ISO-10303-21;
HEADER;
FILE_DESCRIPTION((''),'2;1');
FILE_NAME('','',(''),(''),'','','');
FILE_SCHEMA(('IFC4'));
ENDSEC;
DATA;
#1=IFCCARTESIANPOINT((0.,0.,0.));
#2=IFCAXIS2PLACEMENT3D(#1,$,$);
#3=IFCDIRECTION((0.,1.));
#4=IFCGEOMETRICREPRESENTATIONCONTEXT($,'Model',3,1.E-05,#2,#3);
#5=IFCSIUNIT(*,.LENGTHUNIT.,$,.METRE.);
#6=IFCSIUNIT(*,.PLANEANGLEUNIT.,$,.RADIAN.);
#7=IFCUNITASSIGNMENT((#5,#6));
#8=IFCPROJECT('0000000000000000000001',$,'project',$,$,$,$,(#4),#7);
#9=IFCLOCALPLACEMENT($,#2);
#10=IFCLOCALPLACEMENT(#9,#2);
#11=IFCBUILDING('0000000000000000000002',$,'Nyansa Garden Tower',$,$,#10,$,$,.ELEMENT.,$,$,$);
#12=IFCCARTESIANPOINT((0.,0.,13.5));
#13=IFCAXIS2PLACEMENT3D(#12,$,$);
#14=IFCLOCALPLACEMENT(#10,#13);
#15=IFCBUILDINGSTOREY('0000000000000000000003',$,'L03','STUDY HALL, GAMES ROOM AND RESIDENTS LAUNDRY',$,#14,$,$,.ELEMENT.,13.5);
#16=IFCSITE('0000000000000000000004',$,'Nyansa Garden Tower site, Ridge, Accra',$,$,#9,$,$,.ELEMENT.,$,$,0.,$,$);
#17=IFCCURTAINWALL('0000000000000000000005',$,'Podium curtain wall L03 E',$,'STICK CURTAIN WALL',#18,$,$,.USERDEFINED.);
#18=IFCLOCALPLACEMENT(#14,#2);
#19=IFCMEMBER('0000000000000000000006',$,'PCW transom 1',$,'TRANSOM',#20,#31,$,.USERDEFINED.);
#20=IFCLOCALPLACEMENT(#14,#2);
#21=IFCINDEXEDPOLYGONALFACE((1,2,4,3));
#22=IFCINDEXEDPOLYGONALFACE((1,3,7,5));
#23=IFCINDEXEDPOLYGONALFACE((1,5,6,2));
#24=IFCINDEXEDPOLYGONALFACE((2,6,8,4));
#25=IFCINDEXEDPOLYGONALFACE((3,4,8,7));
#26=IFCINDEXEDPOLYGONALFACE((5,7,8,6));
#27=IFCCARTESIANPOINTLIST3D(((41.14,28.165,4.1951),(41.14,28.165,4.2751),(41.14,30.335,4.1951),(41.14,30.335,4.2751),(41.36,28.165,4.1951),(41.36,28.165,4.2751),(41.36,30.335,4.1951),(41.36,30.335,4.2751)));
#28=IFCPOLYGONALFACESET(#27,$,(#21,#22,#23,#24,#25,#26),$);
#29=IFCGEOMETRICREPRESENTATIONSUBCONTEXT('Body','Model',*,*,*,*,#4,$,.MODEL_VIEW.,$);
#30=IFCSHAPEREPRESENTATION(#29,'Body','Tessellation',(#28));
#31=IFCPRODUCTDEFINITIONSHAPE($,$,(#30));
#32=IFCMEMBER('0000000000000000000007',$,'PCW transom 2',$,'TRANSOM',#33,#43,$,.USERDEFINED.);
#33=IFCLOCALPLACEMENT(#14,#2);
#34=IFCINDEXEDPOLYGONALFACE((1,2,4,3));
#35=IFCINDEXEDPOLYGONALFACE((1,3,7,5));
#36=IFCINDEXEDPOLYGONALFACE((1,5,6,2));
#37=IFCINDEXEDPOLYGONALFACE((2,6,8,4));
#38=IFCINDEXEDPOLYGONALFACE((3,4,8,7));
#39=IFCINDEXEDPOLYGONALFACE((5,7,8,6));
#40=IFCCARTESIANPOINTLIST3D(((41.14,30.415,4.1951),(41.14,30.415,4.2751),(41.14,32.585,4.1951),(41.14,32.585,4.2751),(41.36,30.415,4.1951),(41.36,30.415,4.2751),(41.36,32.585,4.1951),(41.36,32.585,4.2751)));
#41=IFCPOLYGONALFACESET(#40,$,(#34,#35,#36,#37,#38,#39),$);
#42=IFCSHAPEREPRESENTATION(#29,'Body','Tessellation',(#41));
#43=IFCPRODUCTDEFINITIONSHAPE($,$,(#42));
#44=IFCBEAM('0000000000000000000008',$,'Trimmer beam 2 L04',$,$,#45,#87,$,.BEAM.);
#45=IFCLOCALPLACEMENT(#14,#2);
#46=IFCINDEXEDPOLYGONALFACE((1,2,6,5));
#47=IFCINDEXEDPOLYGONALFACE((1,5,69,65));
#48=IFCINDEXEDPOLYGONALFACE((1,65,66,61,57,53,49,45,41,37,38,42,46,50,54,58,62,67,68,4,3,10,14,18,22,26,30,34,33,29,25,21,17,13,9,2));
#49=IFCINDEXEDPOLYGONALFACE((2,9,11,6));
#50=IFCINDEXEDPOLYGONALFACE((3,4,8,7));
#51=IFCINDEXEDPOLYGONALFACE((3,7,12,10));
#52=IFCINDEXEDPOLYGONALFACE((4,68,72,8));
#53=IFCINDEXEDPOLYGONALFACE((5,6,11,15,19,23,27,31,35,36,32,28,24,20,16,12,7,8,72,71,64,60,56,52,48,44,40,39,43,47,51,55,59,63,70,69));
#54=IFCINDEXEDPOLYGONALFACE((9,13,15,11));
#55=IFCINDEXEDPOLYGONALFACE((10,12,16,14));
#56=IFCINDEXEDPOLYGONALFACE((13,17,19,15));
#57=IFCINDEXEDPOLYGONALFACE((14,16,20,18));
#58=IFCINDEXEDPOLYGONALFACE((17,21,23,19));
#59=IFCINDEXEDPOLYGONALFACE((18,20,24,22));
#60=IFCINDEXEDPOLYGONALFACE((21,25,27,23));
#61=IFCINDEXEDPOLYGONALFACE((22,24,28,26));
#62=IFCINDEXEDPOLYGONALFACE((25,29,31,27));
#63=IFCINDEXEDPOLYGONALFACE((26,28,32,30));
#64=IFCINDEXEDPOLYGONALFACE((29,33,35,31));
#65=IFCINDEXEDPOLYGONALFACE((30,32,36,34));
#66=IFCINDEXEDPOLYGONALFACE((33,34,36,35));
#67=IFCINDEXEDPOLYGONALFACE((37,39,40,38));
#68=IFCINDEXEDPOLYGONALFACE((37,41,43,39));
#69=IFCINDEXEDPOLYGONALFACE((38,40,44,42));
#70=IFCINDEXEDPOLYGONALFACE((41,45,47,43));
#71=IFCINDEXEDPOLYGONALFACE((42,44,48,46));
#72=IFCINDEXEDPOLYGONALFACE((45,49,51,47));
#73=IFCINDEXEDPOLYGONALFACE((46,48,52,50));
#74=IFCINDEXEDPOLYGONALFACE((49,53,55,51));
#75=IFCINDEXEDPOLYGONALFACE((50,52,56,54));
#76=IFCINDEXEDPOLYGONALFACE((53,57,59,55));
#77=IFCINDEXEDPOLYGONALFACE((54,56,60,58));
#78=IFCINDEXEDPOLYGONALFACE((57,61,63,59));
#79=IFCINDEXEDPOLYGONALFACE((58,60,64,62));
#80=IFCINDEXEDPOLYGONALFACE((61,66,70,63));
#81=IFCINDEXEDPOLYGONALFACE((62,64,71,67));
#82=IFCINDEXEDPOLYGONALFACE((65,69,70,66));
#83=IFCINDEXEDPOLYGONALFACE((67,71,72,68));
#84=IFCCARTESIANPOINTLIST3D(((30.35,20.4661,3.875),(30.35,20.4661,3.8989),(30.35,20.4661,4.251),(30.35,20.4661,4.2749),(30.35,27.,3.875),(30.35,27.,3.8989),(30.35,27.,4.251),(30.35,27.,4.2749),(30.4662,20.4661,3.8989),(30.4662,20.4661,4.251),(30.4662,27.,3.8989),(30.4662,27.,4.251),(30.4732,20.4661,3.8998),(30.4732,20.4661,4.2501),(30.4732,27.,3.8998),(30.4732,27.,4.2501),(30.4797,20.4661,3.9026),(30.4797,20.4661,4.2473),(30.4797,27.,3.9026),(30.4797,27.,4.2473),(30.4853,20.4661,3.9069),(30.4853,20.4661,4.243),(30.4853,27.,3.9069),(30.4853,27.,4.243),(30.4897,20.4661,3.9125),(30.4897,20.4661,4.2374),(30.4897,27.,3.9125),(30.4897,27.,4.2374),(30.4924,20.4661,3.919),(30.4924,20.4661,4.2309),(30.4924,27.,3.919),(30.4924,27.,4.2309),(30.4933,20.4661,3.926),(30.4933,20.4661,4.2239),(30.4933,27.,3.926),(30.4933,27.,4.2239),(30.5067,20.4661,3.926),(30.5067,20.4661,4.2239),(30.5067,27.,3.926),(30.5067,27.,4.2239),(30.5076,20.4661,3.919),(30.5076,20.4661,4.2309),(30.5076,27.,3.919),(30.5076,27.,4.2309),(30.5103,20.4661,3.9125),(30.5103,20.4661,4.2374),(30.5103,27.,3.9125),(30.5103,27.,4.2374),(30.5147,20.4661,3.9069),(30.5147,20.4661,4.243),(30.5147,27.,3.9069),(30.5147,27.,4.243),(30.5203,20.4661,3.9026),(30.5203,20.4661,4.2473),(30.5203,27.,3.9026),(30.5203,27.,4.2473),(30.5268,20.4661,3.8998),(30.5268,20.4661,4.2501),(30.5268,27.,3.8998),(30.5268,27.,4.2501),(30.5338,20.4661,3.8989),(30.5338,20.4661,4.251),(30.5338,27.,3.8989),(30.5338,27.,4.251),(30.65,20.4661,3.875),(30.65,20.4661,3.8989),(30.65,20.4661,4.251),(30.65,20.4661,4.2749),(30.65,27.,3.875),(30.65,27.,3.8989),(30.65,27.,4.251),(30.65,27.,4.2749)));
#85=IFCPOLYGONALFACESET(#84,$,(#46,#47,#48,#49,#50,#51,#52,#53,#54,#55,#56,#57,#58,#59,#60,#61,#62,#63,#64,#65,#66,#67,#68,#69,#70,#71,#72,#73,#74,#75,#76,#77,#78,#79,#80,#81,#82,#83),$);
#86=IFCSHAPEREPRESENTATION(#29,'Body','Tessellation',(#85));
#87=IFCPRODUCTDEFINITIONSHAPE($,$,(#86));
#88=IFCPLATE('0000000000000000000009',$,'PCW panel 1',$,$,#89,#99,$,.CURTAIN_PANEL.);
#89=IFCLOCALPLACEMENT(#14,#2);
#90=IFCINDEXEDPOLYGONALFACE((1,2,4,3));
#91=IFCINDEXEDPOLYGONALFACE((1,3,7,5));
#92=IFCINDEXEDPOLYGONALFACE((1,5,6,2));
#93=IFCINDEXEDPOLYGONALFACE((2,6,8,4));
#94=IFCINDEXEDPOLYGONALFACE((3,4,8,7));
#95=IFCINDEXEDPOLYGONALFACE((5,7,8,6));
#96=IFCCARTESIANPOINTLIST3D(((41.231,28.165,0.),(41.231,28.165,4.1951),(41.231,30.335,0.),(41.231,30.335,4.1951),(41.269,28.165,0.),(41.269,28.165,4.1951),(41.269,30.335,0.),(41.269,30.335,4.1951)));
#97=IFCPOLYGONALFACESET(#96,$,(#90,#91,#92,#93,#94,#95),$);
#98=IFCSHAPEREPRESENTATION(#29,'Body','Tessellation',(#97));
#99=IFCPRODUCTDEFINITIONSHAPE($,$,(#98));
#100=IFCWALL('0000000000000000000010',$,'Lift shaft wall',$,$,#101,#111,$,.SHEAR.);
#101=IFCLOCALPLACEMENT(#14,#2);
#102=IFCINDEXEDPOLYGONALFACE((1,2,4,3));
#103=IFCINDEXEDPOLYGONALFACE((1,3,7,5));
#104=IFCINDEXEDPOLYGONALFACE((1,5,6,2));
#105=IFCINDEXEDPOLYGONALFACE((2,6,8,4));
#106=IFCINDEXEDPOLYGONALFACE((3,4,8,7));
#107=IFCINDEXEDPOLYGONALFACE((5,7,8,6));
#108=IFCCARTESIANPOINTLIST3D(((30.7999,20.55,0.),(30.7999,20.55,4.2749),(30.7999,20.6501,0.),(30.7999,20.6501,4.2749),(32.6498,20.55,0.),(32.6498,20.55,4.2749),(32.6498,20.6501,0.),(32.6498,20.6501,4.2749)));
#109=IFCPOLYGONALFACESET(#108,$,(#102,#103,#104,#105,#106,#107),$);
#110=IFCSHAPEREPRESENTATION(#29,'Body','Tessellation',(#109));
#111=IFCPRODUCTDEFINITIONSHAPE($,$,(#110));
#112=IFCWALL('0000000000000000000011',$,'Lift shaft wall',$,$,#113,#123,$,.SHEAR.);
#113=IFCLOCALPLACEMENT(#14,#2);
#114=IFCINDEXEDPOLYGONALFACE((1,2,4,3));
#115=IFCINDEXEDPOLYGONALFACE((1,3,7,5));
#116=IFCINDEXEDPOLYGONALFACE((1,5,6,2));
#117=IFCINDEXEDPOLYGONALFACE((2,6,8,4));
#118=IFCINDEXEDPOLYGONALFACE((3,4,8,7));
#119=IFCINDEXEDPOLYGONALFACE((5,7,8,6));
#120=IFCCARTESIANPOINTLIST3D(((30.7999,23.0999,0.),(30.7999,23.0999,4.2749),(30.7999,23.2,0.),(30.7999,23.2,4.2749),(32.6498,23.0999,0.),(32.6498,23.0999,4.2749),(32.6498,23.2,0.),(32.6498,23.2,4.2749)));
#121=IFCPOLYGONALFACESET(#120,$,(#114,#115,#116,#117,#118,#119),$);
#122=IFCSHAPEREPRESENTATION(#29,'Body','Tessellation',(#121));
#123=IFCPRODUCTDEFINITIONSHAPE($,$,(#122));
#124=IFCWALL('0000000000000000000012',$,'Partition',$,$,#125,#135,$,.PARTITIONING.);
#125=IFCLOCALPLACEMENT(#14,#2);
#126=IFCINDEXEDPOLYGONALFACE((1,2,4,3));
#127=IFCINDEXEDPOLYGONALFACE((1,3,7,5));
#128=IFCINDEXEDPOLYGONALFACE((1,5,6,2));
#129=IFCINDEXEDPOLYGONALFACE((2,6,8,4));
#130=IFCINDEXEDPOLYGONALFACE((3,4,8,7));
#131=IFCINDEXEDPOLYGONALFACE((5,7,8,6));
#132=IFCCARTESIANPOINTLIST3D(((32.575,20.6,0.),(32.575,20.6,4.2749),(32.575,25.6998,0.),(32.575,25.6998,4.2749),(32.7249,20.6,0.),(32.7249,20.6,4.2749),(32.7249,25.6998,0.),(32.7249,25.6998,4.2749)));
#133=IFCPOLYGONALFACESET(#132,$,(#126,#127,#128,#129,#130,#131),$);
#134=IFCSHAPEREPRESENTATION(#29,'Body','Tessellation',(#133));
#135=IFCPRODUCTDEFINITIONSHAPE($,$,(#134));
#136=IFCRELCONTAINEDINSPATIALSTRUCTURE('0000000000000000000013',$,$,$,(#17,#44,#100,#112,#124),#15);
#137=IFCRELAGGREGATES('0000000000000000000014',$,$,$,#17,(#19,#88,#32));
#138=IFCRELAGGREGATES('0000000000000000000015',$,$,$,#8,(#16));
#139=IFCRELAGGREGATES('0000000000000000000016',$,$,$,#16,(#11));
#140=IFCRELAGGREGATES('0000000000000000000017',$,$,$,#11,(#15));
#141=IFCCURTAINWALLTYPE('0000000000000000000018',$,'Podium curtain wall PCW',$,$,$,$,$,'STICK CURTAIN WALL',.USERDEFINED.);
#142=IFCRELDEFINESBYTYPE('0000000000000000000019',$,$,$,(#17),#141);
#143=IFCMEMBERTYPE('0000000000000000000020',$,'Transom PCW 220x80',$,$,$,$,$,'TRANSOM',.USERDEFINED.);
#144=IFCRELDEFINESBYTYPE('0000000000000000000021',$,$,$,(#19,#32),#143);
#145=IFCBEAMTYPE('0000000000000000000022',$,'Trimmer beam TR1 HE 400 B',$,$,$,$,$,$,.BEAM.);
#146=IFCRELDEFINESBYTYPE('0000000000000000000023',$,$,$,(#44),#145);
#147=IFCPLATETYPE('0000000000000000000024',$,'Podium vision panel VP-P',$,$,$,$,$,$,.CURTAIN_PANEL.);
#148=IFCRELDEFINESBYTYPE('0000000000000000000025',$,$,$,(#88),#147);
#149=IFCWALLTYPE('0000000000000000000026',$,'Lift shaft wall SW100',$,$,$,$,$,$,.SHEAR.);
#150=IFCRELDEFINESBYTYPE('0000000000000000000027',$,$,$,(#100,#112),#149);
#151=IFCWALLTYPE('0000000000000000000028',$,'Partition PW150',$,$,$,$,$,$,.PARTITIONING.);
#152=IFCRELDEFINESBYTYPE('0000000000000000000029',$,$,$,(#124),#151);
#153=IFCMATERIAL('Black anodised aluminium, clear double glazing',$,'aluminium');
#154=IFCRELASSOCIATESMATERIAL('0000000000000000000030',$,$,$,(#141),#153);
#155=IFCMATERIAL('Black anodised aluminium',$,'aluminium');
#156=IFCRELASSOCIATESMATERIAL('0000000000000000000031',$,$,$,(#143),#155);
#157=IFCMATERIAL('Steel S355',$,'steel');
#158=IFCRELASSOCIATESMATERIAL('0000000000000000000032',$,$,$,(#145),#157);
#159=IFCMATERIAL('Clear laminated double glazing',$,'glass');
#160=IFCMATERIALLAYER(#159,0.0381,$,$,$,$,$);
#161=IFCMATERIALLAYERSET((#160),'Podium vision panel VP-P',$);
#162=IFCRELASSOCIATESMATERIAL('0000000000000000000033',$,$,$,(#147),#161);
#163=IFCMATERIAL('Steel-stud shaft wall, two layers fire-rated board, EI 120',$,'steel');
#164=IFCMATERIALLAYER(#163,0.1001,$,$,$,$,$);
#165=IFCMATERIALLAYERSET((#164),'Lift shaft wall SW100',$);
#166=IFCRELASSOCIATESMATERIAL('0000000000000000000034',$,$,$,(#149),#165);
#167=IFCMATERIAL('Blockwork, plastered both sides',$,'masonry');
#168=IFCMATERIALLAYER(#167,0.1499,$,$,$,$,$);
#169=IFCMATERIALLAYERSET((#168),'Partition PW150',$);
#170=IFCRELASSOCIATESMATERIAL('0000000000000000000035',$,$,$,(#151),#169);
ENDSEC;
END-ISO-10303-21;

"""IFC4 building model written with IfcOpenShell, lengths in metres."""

from ifc_helpers import new_model, si_unit, direction, frame, frame_2d, origin, origin_2d, place, context, subcontext, project, spatial, rectangle, i_section, extrude, material, layer, layer_set, material_profile, profile_set, type_object, element, aggregate, save


model = new_model("IFC4")

# Units and contexts
model_context = context("Model", 3, precision=1e-05, world=origin(), true_north=direction((0.0, 1.0)))
body_context = subcontext(model_context, "Body", "Model", "MODEL_VIEW")
ifc_project = project(units=[si_unit("LENGTHUNIT", "METRE"), si_unit("PLANEANGLEUNIT", "RADIAN")], contexts=[model_context])

# Site, building, storey
site_placement = place(None, origin())
site = spatial("IfcSite", under=ifc_project, at=site_placement, Name="Nyansa Garden Tower site, Ridge, Accra", CompositionType="ELEMENT", RefElevation=0.0)
building_placement = place(site_placement, origin())
building = spatial("IfcBuilding", under=site, at=building_placement, Name="Nyansa Garden Tower", CompositionType="ELEMENT")
storey_placement = place(building_placement, frame((0.0, 0.0, 13.5)))
storey = spatial("IfcBuildingStorey", under=building, at=storey_placement, Name="L03", Description="STUDY HALL, GAMES ROOM AND RESIDENTS LAUNDRY", CompositionType="ELEMENT", Elevation=13.5)

# Curtain wall
ifc_material_1 = material(Name="Black anodised aluminium, clear double glazing", Category="aluminium")
curtain_wall_type = type_object("IfcCurtainWallType", Name="Podium curtain wall PCW", ElementType="STICK CURTAIN WALL", PredefinedType="USERDEFINED", material=ifc_material_1)
curtain_wall_placement = place(storey_placement, origin())
curtain_wall = element("IfcCurtainWall", 1, at=curtain_wall_placement, inside=storey, type_object=curtain_wall_type, Name="Podium curtain wall L03 E", ObjectType="STICK CURTAIN WALL", PredefinedType="USERDEFINED")

# Members
ifc_material_2 = material(Name="Black anodised aluminium", Category="aluminium")
ifc_material_profile_1 = material_profile(ifc_material_2, rectangle(XDim=0.22, YDim=0.0801, at=origin_2d()), Name="Transom 220x80")
ifc_profile_set_1 = profile_set([ifc_material_profile_1], Name="Black anodised aluminium")
member_type_1 = type_object("IfcMemberType", Name="Transom PCW 220x80", ElementType="TRANSOM", PredefinedType="USERDEFINED", material=ifc_profile_set_1)
member_1_placement = place(storey_placement, frame((41.25, 28.165, 4.2351), z_axis=(0.0, 1.0, 0.0), x_axis=(-1.0, 0.0, 0.0)))
member_1 = element("IfcMember", 2, at=member_1_placement, type_object=member_type_1, Name="PCW transom 1", ObjectType="TRANSOM", PredefinedType="USERDEFINED", context=body_context, shape_type="SweptSolid", body=[
    extrude(rectangle(XDim=0.22, YDim=0.0801, at=origin_2d()), origin(), (0.0, 0.0, 1.0), 2.1699),
])
member_2_placement = place(storey_placement, frame((41.25, 30.415, 4.2351), z_axis=(0.0, 1.0, 0.0), x_axis=(-1.0, 0.0, 0.0)))
member_2 = element("IfcMember", 3, at=member_2_placement, type_object=member_type_1, Name="PCW transom 2", ObjectType="TRANSOM", PredefinedType="USERDEFINED", context=body_context, shape_type="SweptSolid", body=[
    extrude(rectangle(XDim=0.22, YDim=0.0801, at=origin_2d()), origin(), (0.0, 0.0, 1.0), 2.1699),
])

# Beam
ifc_material_3 = material(Name="Steel S355", Category="steel")
ifc_material_profile_2 = material_profile(ifc_material_3, i_section(OverallWidth=0.3, OverallDepth=0.3999, WebThickness=0.0134, FlangeThickness=0.0239, FilletRadius=0.0271, at=origin_2d()), Name="HE 400 B")
ifc_profile_set_2 = profile_set([ifc_material_profile_2], Name="Steel S355")
beam_type_1 = type_object("IfcBeamType", Name="Trimmer beam TR1 HE 400 B", PredefinedType="BEAM", material=ifc_profile_set_2)
beam_1_placement = place(storey_placement, frame((30.5, 20.4661, 4.075), z_axis=(0.0, 1.0, 0.0), x_axis=(-1.0, 0.0, 0.0)))
element("IfcBeam", 4, at=beam_1_placement, inside=storey, type_object=beam_type_1, Name="Trimmer beam 2 L04", PredefinedType="BEAM", context=body_context, shape_type="SweptSolid", body=[
    extrude(i_section(OverallWidth=0.3, OverallDepth=0.3999, WebThickness=0.0134, FlangeThickness=0.0239, FilletRadius=0.0271, at=origin_2d()), origin(), (0.0, 0.0, 1.0), 6.5339),
])

# Plate
ifc_material_4 = material(Name="Clear laminated double glazing", Category="glass")
ifc_layer_1 = layer(ifc_material_4, 0.0381)
ifc_layer_set_1 = layer_set([ifc_layer_1], Name="Podium vision panel VP-P")
plate_type = type_object("IfcPlateType", Name="Podium vision panel VP-P", PredefinedType="CURTAIN_PANEL", material=ifc_layer_set_1)
plate_placement = place(storey_placement, frame((41.25, 29.25, 0.0), z_axis=(0.0, 0.0, 1.0), x_axis=(0.0, 1.0, 0.0)))
plate = element("IfcPlate", 5, at=plate_placement, type_object=plate_type, Name="PCW panel 1", PredefinedType="CURTAIN_PANEL", context=body_context, shape_type="SweptSolid", body=[
    extrude(rectangle(XDim=2.1699, YDim=0.0381, at=origin_2d()), origin(), (0.0, 0.0, 1.0), 4.1951),
])
aggregate(curtain_wall, [member_1, plate, member_2])

# Walls
ifc_material_5 = material(Name="Steel-stud shaft wall, two layers fire-rated board, EI 120", Category="steel")
ifc_layer_2 = layer(ifc_material_5, 0.1001)
ifc_layer_set_2 = layer_set([ifc_layer_2], Name="Lift shaft wall SW100")
wall_type_1 = type_object("IfcWallType", Name="Lift shaft wall SW100", PredefinedType="SHEAR", material=ifc_layer_set_2)
for number, where, z_axis, x_axis, name in (
    (6, (30.8, 20.6001, 0.0), (0.0, 0.0, 1.0), (1.0, 0.0, 0.0), "Lift shaft wall"),
    (7, (30.8, 23.1499, 0.0), (0.0, 0.0, 1.0), (1.0, 0.0, 0.0), "Lift shaft wall"),
):
    element("IfcWall", number, at=place(storey_placement, frame(where, z_axis=z_axis, x_axis=x_axis)), inside=storey, type_object=wall_type_1, Name=name, PredefinedType="SHEAR", context=body_context, shape_type="SweptSolid", body=[
        extrude(rectangle(XDim=1.8499, YDim=0.1001, at=frame_2d((0.9248, 0.0))), origin(), (0.0, 0.0, 1.0), 4.2749),
    ])
ifc_material_6 = material(Name="Blockwork, plastered both sides", Category="masonry")
ifc_layer_3 = layer(ifc_material_6, 0.1499)
ifc_layer_set_3 = layer_set([ifc_layer_3], Name="Partition PW150")
wall_type_2 = type_object("IfcWallType", Name="Partition PW150", PredefinedType="PARTITIONING", material=ifc_layer_set_3)
wall_1_placement = place(storey_placement, frame((32.6499, 20.6001, 0.0), z_axis=(0.0, 0.0, 1.0), x_axis=(0.0, 1.0, 0.0)))
element("IfcWall", 8, at=wall_1_placement, inside=storey, type_object=wall_type_2, Name="Partition", PredefinedType="PARTITIONING", context=body_context, shape_type="SweptSolid", body=[
    extrude(rectangle(XDim=5.0999, YDim=0.1499, at=frame_2d((2.5498, 0.0))), origin(), (0.0, 0.0, 1.0), 4.2749),
])

save(model, "model.ifc")
